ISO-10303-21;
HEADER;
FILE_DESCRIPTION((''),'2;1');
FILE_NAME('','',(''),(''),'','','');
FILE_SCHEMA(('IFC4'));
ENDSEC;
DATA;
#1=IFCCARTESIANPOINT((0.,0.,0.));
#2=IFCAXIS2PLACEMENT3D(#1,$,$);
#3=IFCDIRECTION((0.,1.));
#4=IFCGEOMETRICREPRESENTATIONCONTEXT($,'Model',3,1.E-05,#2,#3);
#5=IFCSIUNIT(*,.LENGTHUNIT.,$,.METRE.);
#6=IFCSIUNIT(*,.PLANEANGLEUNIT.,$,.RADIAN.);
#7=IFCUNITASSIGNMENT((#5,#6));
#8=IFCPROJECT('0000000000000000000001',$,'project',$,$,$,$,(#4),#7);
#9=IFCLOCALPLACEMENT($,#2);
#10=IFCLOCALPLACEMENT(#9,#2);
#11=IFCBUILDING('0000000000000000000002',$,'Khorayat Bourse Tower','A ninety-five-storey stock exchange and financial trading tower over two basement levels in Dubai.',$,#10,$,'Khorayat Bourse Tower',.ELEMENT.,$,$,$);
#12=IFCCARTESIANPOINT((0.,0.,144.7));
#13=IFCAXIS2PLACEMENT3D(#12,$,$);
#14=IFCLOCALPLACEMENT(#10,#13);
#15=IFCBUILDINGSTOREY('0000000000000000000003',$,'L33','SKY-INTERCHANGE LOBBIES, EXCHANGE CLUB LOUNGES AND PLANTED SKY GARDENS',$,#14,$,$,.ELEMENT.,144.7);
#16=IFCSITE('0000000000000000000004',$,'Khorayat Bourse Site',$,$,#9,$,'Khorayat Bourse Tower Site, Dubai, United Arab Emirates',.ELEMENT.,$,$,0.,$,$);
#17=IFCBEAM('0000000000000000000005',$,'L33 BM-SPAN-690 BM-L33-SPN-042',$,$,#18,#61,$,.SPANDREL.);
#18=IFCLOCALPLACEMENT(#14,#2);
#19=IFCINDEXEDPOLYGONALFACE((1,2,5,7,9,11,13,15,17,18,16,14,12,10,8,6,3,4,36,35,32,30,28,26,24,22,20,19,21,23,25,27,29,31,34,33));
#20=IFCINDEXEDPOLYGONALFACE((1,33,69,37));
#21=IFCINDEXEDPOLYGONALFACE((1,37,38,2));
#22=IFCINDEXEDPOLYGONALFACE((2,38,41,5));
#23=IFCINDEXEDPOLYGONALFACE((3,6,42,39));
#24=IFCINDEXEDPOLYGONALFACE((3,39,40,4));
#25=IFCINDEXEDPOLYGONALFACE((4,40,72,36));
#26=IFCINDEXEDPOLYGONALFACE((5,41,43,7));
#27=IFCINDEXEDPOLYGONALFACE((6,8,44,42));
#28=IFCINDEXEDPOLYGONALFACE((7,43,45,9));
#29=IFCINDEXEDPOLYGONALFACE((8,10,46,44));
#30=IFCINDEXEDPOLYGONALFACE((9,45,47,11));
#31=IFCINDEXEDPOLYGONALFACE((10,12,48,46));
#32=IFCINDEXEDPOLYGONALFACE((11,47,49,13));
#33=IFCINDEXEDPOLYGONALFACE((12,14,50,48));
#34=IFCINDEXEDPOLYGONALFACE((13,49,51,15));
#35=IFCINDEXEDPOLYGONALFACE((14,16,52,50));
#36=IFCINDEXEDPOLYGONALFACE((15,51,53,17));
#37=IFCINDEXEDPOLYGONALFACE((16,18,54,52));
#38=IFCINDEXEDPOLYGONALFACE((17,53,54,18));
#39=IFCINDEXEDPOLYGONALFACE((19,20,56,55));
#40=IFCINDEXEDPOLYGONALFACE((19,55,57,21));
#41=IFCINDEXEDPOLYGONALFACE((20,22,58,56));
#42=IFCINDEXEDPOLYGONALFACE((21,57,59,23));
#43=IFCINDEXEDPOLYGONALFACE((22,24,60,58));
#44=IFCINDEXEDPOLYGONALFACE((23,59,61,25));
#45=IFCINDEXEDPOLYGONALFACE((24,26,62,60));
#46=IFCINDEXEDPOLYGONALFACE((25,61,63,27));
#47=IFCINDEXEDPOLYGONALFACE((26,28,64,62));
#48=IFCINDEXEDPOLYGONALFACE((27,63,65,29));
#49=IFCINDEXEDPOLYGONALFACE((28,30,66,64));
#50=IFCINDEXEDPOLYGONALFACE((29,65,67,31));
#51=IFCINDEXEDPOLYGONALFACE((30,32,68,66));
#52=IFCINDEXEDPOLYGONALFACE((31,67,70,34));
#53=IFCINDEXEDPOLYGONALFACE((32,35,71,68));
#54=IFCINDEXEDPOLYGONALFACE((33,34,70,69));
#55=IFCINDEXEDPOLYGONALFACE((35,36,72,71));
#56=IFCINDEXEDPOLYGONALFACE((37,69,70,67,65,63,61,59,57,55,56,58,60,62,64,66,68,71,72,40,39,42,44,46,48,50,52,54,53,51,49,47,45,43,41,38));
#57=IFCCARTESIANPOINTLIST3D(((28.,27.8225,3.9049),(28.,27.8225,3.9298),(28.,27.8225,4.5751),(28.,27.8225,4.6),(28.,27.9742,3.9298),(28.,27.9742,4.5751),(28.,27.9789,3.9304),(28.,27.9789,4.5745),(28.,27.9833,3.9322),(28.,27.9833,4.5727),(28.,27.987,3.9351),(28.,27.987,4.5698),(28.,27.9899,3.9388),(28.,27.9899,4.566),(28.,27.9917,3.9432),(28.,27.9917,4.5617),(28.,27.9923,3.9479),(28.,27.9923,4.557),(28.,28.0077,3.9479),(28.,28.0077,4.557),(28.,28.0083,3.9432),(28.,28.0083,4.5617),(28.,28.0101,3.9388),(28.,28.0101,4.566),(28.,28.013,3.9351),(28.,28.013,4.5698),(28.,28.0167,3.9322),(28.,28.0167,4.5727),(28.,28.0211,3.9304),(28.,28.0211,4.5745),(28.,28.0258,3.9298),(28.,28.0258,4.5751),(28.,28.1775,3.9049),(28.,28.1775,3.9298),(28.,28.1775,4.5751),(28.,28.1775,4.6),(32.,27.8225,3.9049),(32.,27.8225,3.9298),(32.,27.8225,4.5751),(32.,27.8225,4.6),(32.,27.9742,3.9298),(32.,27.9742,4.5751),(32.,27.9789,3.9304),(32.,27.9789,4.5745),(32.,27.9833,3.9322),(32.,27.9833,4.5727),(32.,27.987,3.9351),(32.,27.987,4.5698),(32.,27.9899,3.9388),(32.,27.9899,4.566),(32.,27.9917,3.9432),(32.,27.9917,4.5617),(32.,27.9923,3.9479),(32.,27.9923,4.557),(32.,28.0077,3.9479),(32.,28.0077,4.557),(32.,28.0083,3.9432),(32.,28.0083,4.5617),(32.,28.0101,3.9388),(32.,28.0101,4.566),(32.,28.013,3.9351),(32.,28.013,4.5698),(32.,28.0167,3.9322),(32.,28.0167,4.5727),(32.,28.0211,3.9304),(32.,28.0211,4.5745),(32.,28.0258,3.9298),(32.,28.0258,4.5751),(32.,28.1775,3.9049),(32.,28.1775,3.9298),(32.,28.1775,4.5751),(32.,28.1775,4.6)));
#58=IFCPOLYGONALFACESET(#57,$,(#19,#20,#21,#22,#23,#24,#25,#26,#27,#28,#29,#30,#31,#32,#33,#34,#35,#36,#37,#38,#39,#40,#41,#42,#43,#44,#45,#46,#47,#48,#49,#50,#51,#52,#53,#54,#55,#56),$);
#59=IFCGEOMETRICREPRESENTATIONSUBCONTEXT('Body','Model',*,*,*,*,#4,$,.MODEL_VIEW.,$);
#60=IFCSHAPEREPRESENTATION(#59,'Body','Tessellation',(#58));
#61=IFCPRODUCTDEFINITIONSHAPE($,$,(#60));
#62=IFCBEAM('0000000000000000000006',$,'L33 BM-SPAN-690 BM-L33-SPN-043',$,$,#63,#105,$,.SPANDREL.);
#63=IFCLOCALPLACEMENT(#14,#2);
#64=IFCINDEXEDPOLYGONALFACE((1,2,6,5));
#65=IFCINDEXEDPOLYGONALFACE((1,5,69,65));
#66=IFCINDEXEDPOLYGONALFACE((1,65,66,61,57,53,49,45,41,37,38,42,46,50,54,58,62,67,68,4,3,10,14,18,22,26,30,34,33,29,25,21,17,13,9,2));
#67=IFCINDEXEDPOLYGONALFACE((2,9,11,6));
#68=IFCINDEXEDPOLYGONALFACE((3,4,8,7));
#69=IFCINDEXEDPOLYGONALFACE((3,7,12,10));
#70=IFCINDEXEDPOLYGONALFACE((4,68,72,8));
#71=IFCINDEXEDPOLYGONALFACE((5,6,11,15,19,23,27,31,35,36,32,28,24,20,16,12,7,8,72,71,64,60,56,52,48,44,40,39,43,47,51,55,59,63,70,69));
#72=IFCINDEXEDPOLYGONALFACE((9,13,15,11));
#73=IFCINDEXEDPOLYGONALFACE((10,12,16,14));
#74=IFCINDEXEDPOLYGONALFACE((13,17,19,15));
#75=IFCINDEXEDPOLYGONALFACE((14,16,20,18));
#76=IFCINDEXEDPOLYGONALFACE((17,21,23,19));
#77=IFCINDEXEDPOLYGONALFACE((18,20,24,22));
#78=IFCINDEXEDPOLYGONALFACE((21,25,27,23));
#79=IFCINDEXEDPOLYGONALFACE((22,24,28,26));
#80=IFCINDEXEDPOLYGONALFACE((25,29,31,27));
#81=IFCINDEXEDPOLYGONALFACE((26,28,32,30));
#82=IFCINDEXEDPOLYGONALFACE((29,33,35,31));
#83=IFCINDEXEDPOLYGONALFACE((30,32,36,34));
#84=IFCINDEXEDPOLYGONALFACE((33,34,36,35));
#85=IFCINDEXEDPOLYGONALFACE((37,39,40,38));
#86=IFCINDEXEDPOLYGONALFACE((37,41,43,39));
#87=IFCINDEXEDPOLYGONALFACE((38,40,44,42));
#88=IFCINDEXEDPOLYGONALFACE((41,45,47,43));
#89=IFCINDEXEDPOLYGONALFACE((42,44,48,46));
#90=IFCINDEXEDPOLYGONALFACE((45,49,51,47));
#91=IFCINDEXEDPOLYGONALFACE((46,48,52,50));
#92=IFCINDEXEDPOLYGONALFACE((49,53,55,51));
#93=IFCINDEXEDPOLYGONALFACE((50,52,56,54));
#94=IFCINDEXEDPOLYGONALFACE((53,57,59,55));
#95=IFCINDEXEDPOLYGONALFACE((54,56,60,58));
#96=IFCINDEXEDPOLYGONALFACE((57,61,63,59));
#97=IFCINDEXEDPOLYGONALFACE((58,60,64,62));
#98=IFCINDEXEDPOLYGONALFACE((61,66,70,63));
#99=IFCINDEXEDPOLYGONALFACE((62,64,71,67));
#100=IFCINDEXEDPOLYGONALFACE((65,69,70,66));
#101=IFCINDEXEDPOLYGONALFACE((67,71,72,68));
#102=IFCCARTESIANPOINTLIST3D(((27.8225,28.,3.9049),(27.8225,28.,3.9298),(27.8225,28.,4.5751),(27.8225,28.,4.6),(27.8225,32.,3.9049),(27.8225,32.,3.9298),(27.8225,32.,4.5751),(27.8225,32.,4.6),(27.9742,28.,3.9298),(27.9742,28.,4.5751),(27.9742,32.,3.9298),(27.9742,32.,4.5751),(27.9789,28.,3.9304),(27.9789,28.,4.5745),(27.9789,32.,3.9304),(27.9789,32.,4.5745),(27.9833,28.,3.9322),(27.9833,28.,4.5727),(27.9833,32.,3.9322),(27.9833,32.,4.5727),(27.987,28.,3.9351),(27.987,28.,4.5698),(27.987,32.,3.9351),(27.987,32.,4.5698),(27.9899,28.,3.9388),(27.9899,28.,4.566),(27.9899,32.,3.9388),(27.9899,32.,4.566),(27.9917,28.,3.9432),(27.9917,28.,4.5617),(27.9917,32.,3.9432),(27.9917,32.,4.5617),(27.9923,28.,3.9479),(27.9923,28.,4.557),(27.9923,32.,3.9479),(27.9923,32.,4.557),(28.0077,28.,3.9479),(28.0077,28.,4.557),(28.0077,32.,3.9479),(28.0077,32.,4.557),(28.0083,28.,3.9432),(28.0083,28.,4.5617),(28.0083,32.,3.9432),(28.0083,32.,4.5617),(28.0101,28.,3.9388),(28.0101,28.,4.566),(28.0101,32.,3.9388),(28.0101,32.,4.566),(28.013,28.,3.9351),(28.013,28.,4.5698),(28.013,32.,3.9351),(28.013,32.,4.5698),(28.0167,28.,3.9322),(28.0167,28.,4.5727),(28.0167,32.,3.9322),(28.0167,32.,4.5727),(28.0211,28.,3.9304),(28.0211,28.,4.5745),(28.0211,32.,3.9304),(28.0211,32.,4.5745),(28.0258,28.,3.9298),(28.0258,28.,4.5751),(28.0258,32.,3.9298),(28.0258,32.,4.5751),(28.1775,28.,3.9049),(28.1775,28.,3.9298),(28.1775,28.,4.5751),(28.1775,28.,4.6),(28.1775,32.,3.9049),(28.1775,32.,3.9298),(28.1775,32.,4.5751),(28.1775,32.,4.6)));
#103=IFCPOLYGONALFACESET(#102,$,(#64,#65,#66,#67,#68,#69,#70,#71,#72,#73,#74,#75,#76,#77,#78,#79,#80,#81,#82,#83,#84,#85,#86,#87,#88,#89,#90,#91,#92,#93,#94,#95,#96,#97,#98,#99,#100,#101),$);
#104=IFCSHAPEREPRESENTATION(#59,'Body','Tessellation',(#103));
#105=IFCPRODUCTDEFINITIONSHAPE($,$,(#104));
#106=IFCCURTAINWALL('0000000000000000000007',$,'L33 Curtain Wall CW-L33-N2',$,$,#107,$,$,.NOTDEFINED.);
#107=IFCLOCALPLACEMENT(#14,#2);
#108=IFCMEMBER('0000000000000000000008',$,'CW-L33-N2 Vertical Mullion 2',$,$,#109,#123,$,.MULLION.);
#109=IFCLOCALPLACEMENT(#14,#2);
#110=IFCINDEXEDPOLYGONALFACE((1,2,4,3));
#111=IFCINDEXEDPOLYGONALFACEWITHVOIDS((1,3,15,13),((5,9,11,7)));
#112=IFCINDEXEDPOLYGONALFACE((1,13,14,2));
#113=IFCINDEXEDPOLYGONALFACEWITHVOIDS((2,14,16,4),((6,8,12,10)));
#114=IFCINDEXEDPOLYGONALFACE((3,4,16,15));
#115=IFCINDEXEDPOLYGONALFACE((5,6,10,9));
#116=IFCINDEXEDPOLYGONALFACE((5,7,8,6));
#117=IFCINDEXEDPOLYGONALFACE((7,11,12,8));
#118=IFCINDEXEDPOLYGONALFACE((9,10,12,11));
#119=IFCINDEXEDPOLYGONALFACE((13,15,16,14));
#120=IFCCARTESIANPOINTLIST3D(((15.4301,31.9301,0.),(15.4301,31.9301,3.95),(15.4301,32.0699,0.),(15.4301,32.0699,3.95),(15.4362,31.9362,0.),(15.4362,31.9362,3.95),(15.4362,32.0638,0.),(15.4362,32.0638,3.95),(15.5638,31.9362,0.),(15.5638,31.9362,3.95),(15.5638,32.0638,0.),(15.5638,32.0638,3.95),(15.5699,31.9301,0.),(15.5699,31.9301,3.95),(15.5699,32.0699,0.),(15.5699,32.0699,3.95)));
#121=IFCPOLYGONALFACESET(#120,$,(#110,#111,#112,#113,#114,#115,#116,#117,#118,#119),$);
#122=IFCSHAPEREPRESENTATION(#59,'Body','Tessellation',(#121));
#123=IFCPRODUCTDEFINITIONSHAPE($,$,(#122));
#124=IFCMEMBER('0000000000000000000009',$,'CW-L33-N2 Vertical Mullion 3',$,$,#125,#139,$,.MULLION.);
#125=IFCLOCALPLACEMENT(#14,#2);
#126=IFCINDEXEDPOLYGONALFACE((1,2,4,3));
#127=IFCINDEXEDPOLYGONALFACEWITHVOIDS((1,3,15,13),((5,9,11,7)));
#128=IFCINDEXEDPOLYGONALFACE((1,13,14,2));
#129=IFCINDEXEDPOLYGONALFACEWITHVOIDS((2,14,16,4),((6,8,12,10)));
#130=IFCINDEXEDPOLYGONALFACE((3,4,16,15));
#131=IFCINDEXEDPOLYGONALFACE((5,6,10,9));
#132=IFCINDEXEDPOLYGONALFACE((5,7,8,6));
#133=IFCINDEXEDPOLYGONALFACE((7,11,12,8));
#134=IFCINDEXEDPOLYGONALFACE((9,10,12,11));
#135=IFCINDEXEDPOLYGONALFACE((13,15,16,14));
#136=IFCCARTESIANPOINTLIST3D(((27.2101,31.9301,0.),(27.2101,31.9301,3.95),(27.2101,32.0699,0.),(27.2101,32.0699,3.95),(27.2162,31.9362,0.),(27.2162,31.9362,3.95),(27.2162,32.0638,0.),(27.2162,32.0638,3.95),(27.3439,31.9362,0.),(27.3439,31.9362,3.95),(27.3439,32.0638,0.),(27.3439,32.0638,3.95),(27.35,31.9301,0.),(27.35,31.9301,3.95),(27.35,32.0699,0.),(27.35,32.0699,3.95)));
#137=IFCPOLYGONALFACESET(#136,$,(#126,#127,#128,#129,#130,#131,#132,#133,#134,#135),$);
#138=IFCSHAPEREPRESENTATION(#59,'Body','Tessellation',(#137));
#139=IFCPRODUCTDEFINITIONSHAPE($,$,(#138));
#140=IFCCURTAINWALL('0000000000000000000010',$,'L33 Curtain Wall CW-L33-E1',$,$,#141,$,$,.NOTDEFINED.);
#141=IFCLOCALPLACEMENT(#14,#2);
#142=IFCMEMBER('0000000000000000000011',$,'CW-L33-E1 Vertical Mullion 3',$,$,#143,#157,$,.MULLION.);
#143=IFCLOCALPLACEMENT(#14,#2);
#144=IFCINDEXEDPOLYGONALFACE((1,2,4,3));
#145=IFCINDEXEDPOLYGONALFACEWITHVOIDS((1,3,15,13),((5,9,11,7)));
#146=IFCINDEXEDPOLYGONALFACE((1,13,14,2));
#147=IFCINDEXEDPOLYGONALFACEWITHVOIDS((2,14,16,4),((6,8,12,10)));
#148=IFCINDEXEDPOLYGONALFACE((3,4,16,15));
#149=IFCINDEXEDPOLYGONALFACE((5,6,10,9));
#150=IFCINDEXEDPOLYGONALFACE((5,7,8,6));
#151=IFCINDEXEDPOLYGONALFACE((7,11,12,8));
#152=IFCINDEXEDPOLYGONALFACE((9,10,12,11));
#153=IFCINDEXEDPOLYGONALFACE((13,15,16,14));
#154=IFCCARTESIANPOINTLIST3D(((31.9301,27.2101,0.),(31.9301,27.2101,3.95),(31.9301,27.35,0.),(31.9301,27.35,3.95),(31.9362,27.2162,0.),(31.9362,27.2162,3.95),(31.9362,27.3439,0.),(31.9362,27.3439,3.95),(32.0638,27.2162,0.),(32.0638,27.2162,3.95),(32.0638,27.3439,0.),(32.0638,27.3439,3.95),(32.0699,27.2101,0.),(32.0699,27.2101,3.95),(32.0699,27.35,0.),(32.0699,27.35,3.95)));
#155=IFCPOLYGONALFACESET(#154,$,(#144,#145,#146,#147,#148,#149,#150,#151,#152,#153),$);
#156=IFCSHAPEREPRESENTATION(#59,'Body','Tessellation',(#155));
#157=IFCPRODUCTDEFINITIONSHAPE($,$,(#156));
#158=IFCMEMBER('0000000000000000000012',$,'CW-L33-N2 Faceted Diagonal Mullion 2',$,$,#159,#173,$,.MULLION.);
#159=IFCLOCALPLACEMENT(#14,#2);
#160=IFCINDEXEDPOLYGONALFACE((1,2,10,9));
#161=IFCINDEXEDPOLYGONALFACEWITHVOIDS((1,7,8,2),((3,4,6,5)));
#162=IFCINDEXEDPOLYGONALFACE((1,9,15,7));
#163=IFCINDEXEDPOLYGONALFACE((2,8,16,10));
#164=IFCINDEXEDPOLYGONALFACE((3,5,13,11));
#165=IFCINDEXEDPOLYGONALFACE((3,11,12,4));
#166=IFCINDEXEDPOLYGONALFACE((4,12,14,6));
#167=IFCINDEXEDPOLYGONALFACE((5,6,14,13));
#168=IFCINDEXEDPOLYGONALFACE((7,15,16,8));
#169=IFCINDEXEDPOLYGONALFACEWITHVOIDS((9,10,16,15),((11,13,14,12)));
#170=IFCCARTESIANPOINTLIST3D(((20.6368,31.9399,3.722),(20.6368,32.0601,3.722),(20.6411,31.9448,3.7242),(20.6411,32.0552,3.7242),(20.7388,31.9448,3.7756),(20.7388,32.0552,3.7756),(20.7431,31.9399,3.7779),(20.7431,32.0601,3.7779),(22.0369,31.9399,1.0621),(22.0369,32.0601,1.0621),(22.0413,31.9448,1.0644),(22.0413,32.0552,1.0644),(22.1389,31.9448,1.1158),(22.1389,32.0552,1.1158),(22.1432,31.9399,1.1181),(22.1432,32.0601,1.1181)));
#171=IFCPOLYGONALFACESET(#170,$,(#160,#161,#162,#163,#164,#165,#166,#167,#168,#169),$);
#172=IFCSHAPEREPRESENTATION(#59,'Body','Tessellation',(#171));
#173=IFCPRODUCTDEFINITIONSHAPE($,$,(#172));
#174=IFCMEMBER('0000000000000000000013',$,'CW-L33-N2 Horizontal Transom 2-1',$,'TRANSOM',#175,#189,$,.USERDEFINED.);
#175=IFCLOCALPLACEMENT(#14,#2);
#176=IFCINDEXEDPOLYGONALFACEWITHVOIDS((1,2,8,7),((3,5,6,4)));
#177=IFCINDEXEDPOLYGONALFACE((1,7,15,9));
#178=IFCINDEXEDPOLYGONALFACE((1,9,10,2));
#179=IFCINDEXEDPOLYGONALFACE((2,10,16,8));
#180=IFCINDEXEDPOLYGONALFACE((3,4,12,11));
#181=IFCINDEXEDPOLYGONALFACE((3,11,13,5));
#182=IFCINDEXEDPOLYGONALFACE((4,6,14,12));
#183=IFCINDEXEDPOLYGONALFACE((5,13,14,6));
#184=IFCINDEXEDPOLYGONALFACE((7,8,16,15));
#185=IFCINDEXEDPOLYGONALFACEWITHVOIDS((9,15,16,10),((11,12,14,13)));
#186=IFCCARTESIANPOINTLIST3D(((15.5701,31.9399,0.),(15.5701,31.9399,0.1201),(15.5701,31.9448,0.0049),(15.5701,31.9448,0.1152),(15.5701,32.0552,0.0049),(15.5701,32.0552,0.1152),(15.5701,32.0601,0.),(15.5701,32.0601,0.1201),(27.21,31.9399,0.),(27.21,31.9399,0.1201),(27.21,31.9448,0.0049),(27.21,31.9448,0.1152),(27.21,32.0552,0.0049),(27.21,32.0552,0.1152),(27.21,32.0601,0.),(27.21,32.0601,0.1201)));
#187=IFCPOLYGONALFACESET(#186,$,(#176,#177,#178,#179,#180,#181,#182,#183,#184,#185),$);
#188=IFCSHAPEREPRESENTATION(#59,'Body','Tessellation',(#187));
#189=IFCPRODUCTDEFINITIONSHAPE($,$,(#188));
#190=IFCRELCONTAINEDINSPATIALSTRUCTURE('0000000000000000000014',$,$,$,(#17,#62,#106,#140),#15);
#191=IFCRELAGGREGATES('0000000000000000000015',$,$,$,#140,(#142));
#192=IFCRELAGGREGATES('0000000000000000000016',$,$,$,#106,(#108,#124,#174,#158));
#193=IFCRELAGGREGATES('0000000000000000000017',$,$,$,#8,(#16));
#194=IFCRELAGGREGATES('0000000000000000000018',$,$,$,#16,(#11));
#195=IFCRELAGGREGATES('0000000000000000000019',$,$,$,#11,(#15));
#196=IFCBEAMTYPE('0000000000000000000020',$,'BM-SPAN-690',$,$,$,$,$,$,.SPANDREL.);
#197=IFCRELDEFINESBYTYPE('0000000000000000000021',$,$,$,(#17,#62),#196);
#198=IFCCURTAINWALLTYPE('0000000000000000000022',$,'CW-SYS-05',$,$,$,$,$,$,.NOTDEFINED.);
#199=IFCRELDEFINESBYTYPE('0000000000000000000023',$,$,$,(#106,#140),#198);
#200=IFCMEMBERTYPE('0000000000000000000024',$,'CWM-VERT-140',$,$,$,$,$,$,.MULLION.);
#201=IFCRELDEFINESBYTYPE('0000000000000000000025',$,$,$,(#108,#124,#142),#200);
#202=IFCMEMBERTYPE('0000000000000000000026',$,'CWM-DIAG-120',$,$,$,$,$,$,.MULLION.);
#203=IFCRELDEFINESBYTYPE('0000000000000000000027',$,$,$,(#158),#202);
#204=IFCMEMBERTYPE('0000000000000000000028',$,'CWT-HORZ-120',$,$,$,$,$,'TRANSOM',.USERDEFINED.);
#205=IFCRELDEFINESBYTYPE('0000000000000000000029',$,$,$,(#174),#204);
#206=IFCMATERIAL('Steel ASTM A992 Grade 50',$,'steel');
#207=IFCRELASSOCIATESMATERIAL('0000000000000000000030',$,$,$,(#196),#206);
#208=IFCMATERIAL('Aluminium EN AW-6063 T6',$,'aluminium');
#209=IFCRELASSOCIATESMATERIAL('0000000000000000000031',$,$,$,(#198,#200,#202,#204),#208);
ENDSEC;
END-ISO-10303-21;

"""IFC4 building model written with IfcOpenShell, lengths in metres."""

from ifc_helpers import new_model, si_unit, direction, frame, origin, origin_2d, place, context, subcontext, project, spatial, hollow_rectangle, i_section, extrude, source, transform, mapped, material, material_profile, profile_set, type_object, element, aggregate, save


model = new_model("IFC4")

# Units and contexts
model_context = context("Model", 3, precision=1e-05, world=origin(), true_north=direction((0.0, 1.0)))
body_context = subcontext(model_context, "Body", "Model", "MODEL_VIEW")
ifc_project = project(units=[si_unit("LENGTHUNIT", "METRE"), si_unit("PLANEANGLEUNIT", "RADIAN")], contexts=[model_context])

# Site, building, storey
site_placement = place(None, origin())
site = spatial("IfcSite", under=ifc_project, at=site_placement, Name="Khorayat Bourse Site", LongName="Khorayat Bourse Tower Site, Dubai, United Arab Emirates", CompositionType="ELEMENT", RefElevation=0.0)
building_placement = place(site_placement, origin())
building = spatial("IfcBuilding", under=site, at=building_placement, Name="Khorayat Bourse Tower", Description="A ninety-five-storey stock exchange and financial trading tower over two basement levels in Dubai.", LongName="Khorayat Bourse Tower", CompositionType="ELEMENT")
storey_placement = place(building_placement, frame((0.0, 0.0, 144.7)))
storey = spatial("IfcBuildingStorey", under=building, at=storey_placement, Name="L33", Description="SKY-INTERCHANGE LOBBIES, EXCHANGE CLUB LOUNGES AND PLANTED SKY GARDENS", CompositionType="ELEMENT", Elevation=144.7)

# Beams
ifc_material_1 = material(Name="Steel ASTM A992 Grade 50", Category="steel")
ifc_material_profile_1 = material_profile(ifc_material_1, i_section(OverallWidth=0.355, OverallDepth=0.6951, WebThickness=0.0154, FlangeThickness=0.0249, FilletRadius=0.0181, at=origin_2d()), Name="W690X217")
ifc_profile_set_1 = profile_set([ifc_material_profile_1], Name="Steel ASTM A992 Grade 50")
beam_type = type_object("IfcBeamType", Name="BM-SPAN-690", PredefinedType="SPANDREL", material=ifc_profile_set_1)
shared_shape_1 = source(origin(), body_context, "Body", "SweptSolid", [
    extrude(i_section(OverallWidth=0.355, OverallDepth=0.6951, WebThickness=0.0154, FlangeThickness=0.0249, FilletRadius=0.0181, at=origin_2d()), origin(), (0.0, 0.0, 1.0), 4.0),
])
for number, where, z_axis, x_axis, name in (
    (1, (28.0, 28.0, 4.2524), (1.0, 0.0, 0.0), (0.0, 1.0, 0.0), "L33 BM-SPAN-690 BM-L33-SPN-042"),
    (2, (28.0, 28.0, 4.2524), (0.0, 1.0, 0.0), (-1.0, 0.0, 0.0), "L33 BM-SPAN-690 BM-L33-SPN-043"),
):
    element("IfcBeam", number, at=place(storey_placement, frame(where, z_axis=z_axis, x_axis=x_axis)), inside=storey, type_object=beam_type, Name=name, PredefinedType="SPANDREL", context=body_context, shape_type="MappedRepresentation", body=[
        mapped(shared_shape_1, transform((0.0, 0.0, 0.0), scale=1.0)),
    ])

# Curtain wall, members
ifc_material_2 = material(Name="Aluminium EN AW-6063 T6", Category="aluminium")
curtain_wall_type = type_object("IfcCurtainWallType", Name="CW-SYS-05", PredefinedType="NOTDEFINED", material=ifc_material_2)
curtain_wall_1_placement = place(storey_placement, origin())
curtain_wall_1 = element("IfcCurtainWall", 3, at=curtain_wall_1_placement, inside=storey, type_object=curtain_wall_type, Name="L33 Curtain Wall CW-L33-N2", PredefinedType="NOTDEFINED")
ifc_material_profile_2 = material_profile(ifc_material_2, hollow_rectangle(XDim=0.1399, YDim=0.1399, WallThickness=0.0061, at=origin_2d()), Name="ALU 140x140x6")
ifc_profile_set_2 = profile_set([ifc_material_profile_2], Name="Aluminium EN AW-6063 T6")
member_type_1 = type_object("IfcMemberType", Name="CWM-VERT-140", PredefinedType="MULLION", material=ifc_profile_set_2)
shared_shape_2 = source(origin(), body_context, "Body", "SweptSolid", [
    extrude(hollow_rectangle(XDim=0.1399, YDim=0.1399, WallThickness=0.0061, at=origin_2d()), origin(), (0.0, 0.0, 1.0), 3.95),
])
member_1_placement = place(storey_placement, frame((15.5, 32.0, 0.0), z_axis=(0.0, 0.0, 1.0), x_axis=(0.0, 1.0, 0.0)))
member_1 = element("IfcMember", 4, at=member_1_placement, type_object=member_type_1, Name="CW-L33-N2 Vertical Mullion 2", PredefinedType="MULLION", context=body_context, shape_type="MappedRepresentation", body=[
    mapped(shared_shape_2, transform((0.0, 0.0, 0.0), scale=1.0)),
])
member_2_placement = place(storey_placement, frame((27.28, 32.0, 0.0), z_axis=(0.0, 0.0, 1.0), x_axis=(0.0, 1.0, 0.0)))
member_2 = element("IfcMember", 5, at=member_2_placement, type_object=member_type_1, Name="CW-L33-N2 Vertical Mullion 3", PredefinedType="MULLION", context=body_context, shape_type="MappedRepresentation", body=[
    mapped(shared_shape_2, transform((0.0, 0.0, 0.0), scale=1.0)),
])

# Curtain wall, member
curtain_wall_2_placement = place(storey_placement, origin())
curtain_wall_2 = element("IfcCurtainWall", 6, at=curtain_wall_2_placement, inside=storey, type_object=curtain_wall_type, Name="L33 Curtain Wall CW-L33-E1", PredefinedType="NOTDEFINED")
member_3_placement = place(storey_placement, frame((32.0, 27.28, 0.0), z_axis=(0.0, 0.0, 1.0), x_axis=(-1.0, 0.0, 0.0)))
member_3 = element("IfcMember", 7, at=member_3_placement, type_object=member_type_1, Name="CW-L33-E1 Vertical Mullion 3", PredefinedType="MULLION", context=body_context, shape_type="MappedRepresentation", body=[
    mapped(shared_shape_2, transform((0.0, 0.0, 0.0), scale=1.0)),
])
aggregate(curtain_wall_2, [member_3])

# Members
ifc_material_profile_3 = material_profile(ifc_material_2, hollow_rectangle(XDim=0.1201, YDim=0.1201, WallThickness=0.0049, at=origin_2d()), Name="ALU 120x120x5")
ifc_profile_set_3 = profile_set([ifc_material_profile_3], Name="Aluminium EN AW-6063 T6")
member_type_2 = type_object("IfcMemberType", Name="CWM-DIAG-120", PredefinedType="MULLION", material=ifc_profile_set_3)
shared_shape_3 = source(origin(), body_context, "Body", "SweptSolid", [
    extrude(hollow_rectangle(XDim=0.1201, YDim=0.1201, WallThickness=0.0049, at=origin_2d()), origin(), (0.0, 0.0, 1.0), 3.0059),
])
member_4_placement = place(storey_placement, frame((22.0901, 32.0, 1.0901), z_axis=(-0.465797, 0.0, 0.884892), x_axis=(0.0, -1.0, 0.0)))
member_4 = element("IfcMember", 8, at=member_4_placement, type_object=member_type_2, Name="CW-L33-N2 Faceted Diagonal Mullion 2", PredefinedType="MULLION", context=body_context, shape_type="MappedRepresentation", body=[
    mapped(shared_shape_3, transform((0.0, 0.0, 0.0), scale=1.0)),
])
ifc_material_profile_4 = material_profile(ifc_material_2, hollow_rectangle(XDim=0.1201, YDim=0.1201, WallThickness=0.0049, at=origin_2d()), Name="ALU 120x120x5")
ifc_profile_set_4 = profile_set([ifc_material_profile_4], Name="Aluminium EN AW-6063 T6")
member_type_3 = type_object("IfcMemberType", Name="CWT-HORZ-120", ElementType="TRANSOM", PredefinedType="USERDEFINED", material=ifc_profile_set_4)
shared_shape_4 = source(origin(), body_context, "Body", "SweptSolid", [
    extrude(hollow_rectangle(XDim=0.1201, YDim=0.1201, WallThickness=0.0049, at=origin_2d()), origin(), (0.0, 0.0, 1.0), 11.6399),
])
member_5_placement = place(storey_placement, frame((15.5701, 32.0, 0.0601), z_axis=(1.0, 0.0, 0.0), x_axis=(0.0, 1.0, 0.0)))
member_5 = element("IfcMember", 9, at=member_5_placement, type_object=member_type_3, Name="CW-L33-N2 Horizontal Transom 2-1", ObjectType="TRANSOM", PredefinedType="USERDEFINED", context=body_context, shape_type="MappedRepresentation", body=[
    mapped(shared_shape_4, transform((0.0, 0.0, 0.0), scale=1.0)),
])

aggregate(curtain_wall_1, [member_1, member_2, member_5, member_4])

save(model, "model.ifc")
